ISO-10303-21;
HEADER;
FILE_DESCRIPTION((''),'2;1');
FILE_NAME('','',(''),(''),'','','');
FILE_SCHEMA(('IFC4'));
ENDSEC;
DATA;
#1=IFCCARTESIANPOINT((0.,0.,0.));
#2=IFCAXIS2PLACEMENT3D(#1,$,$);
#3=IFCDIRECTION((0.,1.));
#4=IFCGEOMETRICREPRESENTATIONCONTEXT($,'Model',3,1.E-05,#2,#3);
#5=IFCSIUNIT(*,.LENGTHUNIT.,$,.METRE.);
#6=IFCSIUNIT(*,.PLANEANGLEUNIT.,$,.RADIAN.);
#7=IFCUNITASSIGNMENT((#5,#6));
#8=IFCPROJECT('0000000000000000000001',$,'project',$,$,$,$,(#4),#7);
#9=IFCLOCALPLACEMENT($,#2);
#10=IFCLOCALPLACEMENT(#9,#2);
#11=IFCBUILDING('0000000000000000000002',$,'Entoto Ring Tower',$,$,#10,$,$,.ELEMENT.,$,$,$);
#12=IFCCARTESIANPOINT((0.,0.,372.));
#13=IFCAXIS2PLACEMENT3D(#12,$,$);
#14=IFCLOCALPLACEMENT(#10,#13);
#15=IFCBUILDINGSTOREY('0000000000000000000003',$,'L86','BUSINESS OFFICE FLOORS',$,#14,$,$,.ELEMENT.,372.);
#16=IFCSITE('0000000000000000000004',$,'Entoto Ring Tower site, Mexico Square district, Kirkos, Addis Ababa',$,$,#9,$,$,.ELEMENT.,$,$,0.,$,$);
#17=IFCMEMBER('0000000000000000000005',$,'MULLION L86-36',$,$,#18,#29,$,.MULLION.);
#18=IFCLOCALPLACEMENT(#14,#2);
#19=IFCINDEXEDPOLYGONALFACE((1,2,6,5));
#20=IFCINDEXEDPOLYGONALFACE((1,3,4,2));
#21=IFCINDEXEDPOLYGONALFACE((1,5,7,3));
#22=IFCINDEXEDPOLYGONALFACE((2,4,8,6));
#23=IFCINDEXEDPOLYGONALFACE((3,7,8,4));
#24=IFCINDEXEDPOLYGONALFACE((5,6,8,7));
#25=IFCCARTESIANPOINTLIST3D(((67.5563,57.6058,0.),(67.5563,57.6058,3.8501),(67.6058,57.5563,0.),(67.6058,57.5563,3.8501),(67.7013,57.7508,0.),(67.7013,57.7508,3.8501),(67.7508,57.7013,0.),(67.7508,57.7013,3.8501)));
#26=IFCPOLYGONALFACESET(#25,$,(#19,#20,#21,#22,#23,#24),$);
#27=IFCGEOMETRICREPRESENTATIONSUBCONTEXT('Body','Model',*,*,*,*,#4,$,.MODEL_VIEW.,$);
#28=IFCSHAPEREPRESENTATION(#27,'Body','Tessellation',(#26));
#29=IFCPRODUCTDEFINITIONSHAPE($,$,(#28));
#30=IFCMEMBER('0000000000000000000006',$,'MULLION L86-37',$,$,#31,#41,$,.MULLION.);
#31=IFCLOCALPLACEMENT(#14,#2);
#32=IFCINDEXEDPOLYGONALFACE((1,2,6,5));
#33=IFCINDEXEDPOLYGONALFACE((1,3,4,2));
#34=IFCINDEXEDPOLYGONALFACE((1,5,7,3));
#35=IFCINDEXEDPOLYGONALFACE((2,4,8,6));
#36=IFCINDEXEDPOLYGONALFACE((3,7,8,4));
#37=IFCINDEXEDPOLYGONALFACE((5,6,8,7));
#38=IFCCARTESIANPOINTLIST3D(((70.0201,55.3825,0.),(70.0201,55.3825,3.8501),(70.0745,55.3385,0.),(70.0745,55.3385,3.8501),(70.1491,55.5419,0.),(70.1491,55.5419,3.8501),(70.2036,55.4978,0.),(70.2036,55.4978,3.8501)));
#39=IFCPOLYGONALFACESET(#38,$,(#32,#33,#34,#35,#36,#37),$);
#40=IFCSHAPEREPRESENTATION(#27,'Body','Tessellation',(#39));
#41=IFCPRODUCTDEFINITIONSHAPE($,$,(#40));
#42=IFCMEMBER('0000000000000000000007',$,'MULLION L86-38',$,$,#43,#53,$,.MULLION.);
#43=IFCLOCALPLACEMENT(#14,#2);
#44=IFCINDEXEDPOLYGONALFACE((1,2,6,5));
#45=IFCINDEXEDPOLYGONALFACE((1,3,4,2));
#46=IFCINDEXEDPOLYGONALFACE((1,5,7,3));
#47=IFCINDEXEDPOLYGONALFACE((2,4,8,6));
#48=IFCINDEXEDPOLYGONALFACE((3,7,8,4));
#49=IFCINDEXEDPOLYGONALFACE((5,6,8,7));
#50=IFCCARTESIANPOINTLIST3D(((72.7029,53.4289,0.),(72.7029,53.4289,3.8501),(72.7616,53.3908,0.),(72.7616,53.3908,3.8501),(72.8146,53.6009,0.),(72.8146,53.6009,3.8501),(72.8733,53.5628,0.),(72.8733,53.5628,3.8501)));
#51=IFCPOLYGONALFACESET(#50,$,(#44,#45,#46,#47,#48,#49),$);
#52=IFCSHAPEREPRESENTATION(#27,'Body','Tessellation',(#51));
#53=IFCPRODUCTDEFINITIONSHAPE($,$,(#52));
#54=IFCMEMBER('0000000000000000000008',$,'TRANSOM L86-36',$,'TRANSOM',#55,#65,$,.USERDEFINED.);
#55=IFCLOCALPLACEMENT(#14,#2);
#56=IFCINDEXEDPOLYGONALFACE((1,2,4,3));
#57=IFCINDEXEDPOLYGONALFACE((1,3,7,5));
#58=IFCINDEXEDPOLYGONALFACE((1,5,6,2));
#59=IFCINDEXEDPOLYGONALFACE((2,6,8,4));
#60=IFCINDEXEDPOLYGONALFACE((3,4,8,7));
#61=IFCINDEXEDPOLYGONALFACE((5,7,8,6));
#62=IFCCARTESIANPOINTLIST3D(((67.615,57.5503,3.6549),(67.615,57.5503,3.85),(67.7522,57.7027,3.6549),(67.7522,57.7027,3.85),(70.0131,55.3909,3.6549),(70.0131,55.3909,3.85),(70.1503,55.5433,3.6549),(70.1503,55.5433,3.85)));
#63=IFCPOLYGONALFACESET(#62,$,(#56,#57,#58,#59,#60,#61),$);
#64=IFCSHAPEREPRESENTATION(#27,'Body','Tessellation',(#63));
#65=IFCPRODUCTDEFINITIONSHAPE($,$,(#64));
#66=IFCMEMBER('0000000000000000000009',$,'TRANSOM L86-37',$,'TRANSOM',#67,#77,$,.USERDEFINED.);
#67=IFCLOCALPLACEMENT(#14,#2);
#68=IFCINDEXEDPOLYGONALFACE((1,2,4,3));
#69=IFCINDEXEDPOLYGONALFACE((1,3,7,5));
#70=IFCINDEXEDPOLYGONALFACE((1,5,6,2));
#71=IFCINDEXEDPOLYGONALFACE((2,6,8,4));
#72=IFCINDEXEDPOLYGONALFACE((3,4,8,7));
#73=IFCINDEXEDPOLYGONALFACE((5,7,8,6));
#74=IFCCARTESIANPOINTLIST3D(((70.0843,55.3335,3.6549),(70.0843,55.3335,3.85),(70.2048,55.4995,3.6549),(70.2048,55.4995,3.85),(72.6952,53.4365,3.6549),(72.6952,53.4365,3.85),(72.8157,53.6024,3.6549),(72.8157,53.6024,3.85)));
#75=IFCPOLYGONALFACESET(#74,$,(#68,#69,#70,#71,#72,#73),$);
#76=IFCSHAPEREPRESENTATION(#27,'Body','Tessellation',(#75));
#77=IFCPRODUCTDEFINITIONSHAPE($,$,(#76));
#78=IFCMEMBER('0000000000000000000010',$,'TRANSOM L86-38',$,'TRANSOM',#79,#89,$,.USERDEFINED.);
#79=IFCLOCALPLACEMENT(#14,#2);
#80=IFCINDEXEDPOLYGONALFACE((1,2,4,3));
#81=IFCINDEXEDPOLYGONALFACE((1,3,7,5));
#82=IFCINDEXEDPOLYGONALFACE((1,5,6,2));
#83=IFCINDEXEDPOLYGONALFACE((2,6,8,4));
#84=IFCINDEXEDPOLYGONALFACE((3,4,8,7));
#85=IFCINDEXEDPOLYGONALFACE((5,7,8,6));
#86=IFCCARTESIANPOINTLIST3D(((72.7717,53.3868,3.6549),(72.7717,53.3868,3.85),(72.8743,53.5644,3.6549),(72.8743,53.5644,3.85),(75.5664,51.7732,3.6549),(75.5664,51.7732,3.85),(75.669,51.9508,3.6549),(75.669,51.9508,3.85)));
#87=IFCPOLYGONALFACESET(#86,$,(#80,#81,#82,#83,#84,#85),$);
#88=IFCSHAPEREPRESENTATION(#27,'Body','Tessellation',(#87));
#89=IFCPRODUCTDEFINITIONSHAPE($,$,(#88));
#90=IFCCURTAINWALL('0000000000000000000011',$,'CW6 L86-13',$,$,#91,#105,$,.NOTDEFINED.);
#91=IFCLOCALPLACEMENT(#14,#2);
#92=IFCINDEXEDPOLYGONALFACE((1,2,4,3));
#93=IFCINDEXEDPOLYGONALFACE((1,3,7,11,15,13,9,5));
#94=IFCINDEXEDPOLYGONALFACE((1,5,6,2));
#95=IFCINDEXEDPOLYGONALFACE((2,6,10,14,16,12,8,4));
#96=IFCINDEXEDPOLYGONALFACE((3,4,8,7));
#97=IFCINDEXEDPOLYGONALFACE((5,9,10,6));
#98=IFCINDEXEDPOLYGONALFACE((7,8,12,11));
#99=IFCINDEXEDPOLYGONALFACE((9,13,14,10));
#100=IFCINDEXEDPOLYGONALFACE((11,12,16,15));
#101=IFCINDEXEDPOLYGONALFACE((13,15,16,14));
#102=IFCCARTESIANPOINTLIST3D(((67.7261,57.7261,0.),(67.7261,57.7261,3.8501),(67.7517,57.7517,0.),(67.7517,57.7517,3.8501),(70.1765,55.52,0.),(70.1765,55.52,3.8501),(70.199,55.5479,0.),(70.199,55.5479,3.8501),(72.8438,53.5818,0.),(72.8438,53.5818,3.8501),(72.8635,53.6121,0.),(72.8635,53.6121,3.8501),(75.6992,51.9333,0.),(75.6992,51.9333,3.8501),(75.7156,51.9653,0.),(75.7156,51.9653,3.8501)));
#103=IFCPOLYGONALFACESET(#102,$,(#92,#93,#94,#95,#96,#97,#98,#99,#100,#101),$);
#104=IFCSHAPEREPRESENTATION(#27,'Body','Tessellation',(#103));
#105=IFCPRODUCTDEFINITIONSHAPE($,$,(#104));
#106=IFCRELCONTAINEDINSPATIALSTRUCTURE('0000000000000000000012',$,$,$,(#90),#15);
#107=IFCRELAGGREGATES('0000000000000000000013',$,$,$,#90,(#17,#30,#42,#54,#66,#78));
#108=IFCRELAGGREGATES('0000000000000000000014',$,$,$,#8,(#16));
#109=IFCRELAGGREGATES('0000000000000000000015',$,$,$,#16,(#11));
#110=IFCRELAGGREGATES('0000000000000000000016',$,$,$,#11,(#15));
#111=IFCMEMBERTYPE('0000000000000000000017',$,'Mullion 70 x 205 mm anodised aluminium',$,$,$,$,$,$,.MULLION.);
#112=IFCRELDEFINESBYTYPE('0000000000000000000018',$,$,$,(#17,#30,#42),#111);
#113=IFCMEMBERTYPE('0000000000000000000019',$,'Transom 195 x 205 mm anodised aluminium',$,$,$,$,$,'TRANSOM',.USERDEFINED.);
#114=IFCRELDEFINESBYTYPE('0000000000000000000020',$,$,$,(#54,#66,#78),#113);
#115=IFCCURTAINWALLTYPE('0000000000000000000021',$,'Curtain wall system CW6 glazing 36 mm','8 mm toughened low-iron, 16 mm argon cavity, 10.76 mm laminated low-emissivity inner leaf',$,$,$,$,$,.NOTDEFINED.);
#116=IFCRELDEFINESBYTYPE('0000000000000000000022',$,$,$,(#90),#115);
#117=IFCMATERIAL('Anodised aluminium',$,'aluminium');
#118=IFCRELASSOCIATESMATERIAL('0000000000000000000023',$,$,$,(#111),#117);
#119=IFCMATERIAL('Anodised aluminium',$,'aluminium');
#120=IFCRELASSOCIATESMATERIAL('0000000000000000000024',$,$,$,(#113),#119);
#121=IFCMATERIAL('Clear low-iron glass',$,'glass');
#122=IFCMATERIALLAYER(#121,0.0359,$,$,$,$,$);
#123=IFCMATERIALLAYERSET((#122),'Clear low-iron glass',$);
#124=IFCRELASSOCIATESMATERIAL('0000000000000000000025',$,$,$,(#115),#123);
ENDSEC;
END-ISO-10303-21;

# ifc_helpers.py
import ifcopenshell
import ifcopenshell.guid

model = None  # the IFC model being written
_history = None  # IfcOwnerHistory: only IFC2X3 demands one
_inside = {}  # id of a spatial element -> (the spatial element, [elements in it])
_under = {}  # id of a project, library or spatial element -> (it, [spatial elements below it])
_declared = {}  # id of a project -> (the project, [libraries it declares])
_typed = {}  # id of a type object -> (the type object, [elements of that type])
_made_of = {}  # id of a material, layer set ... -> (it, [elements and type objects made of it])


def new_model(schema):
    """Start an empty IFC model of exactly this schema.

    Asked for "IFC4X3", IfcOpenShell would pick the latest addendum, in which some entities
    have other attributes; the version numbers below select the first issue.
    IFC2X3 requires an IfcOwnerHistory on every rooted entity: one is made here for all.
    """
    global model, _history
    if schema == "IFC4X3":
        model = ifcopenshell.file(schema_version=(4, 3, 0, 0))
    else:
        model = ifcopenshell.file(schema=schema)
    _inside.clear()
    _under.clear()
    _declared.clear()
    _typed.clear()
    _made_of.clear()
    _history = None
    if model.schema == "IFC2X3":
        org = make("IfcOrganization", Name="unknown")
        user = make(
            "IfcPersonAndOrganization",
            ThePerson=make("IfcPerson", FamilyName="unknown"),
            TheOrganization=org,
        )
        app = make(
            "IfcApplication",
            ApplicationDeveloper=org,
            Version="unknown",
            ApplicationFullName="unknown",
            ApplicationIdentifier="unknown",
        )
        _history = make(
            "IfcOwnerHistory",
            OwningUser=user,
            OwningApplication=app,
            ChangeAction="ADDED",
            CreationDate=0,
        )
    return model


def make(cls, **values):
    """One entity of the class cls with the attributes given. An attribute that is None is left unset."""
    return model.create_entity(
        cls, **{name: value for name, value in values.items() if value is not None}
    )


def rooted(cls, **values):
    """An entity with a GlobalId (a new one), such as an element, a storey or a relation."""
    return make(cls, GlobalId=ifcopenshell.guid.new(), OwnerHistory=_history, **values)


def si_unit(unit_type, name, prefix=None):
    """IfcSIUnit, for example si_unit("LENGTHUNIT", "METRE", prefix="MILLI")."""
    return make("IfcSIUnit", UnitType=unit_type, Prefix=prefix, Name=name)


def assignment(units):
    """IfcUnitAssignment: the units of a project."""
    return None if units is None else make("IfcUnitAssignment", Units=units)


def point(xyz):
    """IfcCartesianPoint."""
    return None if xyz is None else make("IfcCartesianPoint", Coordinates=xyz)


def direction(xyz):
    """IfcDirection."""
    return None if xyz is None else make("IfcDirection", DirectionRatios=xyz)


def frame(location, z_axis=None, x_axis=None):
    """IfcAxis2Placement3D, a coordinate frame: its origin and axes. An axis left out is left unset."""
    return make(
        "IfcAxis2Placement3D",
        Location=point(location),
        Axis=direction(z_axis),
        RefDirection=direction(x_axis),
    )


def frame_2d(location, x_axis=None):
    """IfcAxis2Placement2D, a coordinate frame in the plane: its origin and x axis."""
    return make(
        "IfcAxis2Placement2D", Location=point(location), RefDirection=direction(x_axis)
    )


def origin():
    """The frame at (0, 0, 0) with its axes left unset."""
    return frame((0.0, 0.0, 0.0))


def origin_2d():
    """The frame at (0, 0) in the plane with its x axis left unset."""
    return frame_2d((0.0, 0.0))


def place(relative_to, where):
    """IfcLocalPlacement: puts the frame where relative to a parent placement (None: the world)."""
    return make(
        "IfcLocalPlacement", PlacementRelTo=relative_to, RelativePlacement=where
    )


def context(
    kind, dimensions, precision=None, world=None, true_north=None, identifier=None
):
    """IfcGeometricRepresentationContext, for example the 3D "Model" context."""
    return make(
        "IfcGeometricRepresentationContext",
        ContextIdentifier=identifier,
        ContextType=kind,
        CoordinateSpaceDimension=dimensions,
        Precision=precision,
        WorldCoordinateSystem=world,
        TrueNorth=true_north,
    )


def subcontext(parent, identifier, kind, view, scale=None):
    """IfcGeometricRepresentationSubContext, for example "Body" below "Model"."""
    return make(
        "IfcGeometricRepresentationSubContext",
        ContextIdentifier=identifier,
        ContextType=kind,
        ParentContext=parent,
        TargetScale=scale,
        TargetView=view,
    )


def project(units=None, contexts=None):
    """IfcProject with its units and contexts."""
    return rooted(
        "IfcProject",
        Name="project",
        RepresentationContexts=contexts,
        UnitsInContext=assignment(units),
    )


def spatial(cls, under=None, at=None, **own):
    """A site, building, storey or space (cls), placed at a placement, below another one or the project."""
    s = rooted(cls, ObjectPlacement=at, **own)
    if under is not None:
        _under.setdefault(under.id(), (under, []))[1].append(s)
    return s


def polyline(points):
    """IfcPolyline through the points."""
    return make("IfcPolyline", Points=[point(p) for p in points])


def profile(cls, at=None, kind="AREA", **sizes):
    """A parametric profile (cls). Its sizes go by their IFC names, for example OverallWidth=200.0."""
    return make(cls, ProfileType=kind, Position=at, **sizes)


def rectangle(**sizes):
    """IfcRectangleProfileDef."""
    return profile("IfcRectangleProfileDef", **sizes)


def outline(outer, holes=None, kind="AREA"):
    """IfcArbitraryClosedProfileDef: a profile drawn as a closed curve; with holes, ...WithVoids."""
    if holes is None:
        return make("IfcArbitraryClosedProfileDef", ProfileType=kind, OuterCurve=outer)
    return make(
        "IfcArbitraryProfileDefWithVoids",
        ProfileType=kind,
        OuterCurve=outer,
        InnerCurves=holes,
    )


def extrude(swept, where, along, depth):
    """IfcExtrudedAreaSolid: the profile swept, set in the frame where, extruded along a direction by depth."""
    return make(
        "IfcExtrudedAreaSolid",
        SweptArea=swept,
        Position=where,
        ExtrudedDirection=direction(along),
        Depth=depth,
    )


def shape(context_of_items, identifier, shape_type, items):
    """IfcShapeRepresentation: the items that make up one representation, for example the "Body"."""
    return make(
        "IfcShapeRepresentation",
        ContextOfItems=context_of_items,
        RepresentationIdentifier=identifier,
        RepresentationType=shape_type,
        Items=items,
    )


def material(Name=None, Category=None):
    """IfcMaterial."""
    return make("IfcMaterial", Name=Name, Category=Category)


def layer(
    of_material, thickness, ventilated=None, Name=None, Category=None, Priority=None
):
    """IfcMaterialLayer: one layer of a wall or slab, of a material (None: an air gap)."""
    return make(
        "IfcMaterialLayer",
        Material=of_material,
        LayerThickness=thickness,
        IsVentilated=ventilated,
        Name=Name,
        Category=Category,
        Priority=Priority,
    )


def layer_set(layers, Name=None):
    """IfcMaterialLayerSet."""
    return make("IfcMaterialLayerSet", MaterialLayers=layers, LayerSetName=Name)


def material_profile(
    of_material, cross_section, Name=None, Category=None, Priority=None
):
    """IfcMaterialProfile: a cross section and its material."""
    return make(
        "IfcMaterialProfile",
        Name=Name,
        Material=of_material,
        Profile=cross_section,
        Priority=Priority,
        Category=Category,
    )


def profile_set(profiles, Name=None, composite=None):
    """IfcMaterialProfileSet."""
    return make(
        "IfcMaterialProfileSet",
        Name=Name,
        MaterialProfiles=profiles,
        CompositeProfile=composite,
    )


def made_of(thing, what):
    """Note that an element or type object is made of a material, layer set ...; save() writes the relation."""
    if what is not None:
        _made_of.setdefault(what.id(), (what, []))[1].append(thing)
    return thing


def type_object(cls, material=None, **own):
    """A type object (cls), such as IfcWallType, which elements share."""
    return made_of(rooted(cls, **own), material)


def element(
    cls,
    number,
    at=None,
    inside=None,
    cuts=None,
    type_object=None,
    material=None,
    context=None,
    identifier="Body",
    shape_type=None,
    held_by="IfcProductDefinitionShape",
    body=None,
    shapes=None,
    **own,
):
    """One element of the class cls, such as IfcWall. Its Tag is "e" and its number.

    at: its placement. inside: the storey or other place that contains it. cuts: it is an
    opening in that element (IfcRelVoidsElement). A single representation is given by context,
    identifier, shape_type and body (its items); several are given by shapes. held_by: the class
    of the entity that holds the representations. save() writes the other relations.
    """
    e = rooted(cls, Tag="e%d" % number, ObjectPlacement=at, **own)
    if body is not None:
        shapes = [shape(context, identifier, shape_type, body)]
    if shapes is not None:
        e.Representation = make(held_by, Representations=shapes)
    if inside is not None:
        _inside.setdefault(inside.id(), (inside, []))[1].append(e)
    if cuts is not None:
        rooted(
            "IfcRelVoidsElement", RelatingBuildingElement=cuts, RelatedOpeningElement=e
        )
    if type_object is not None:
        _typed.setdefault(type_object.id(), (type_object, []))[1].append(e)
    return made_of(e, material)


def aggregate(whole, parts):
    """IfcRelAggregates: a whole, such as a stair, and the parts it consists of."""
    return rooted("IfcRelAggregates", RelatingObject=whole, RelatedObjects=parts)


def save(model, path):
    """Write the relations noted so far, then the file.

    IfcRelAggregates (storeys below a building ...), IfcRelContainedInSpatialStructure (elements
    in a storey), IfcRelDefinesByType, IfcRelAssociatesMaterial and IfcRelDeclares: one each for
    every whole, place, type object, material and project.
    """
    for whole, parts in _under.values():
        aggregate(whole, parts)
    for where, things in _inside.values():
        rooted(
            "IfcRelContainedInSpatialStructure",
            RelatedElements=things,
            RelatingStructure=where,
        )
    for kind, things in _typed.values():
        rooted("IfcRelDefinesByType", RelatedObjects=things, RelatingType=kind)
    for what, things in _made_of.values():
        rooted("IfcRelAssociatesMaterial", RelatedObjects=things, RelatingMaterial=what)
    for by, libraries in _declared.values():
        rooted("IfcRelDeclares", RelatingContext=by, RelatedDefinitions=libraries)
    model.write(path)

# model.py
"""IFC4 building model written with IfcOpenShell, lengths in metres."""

from ifc_helpers import new_model, si_unit, direction, frame, origin, origin_2d, place, context, subcontext, project, spatial, polyline, rectangle, outline, extrude, material, layer, layer_set, material_profile, profile_set, type_object, element, aggregate, save


model = new_model("IFC4")

# Units and contexts
model_context = context("Model", 3, precision=1e-05, world=origin(), true_north=direction((0.0, 1.0)))
body_context = subcontext(model_context, "Body", "Model", "MODEL_VIEW")
ifc_project = project(units=[si_unit("LENGTHUNIT", "METRE"), si_unit("PLANEANGLEUNIT", "RADIAN")], contexts=[model_context])

# Members
ifc_material_1 = material(Name="Anodised aluminium", Category="aluminium")
ifc_material_profile_1 = material_profile(ifc_material_1, rectangle(XDim=0.0701, YDim=0.2051, at=origin_2d()), Name="Mullion 70 x 205 mm anodised aluminium")
ifc_profile_set_1 = profile_set([ifc_material_profile_1], Name="Anodised aluminium")
member_type_1 = type_object("IfcMemberType", Name="Mullion 70 x 205 mm anodised aluminium", PredefinedType="MULLION", material=ifc_profile_set_1)
site_placement = place(None, origin())
building_placement = place(site_placement, origin())
storey_placement = place(building_placement, frame((0.0, 0.0, 372.0)))
member_1_placement = place(storey_placement, frame((67.6536, 57.6536, 0.0), z_axis=(0.0, 0.0, 1.0), x_axis=(0.707107, -0.707107, 0.0)))
member_1 = element("IfcMember", 1, at=member_1_placement, type_object=member_type_1, Name="MULLION L86-36", PredefinedType="MULLION", context=body_context, shape_type="SweptSolid", body=[
    extrude(rectangle(XDim=0.0701, YDim=0.2051, at=origin_2d()), origin(), (0.0, 0.0, 1.0), 3.8501),
])
member_2_placement = place(storey_placement, frame((70.1118, 55.4402, 0.0), z_axis=(0.0, 0.0, 1.0), x_axis=(0.777146, -0.62932, 0.0)))
member_2 = element("IfcMember", 2, at=member_2_placement, type_object=member_type_1, Name="MULLION L86-37", PredefinedType="MULLION", context=body_context, shape_type="SweptSolid", body=[
    extrude(rectangle(XDim=0.0701, YDim=0.2051, at=origin_2d()), origin(), (0.0, 0.0, 1.0), 3.8501),
])
member_3_placement = place(storey_placement, frame((72.7881, 53.4958, 0.0), z_axis=(0.0, 0.0, 1.0), x_axis=(0.838671, -0.544639, 0.0)))
member_3 = element("IfcMember", 3, at=member_3_placement, type_object=member_type_1, Name="MULLION L86-38", PredefinedType="MULLION", context=body_context, shape_type="SweptSolid", body=[
    extrude(rectangle(XDim=0.0701, YDim=0.2051, at=origin_2d()), origin(), (0.0, 0.0, 1.0), 3.8501),
])
ifc_material_2 = material(Name="Anodised aluminium", Category="aluminium")
ifc_material_profile_2 = material_profile(ifc_material_2, rectangle(XDim=0.2051, YDim=0.1951, at=origin_2d()), Name="Transom 195 x 205 mm anodised aluminium")
ifc_profile_set_2 = profile_set([ifc_material_profile_2], Name="Anodised aluminium")
member_type_2 = type_object("IfcMemberType", Name="Transom 195 x 205 mm anodised aluminium", ElementType="TRANSOM", PredefinedType="USERDEFINED", material=ifc_profile_set_2)
member_4_placement = place(storey_placement, frame((67.6836, 57.6265, 3.7524), z_axis=(0.743132, -0.669144, 0.0), x_axis=(0.669144, 0.743132, 0.0)))
member_4 = element("IfcMember", 4, at=member_4_placement, type_object=member_type_2, Name="TRANSOM L86-36", ObjectType="TRANSOM", PredefinedType="USERDEFINED", context=body_context, shape_type="SweptSolid", body=[
    extrude(rectangle(XDim=0.2051, YDim=0.1951, at=origin_2d()), origin(), (0.0, 0.0, 1.0), 3.2271),
])
member_5_placement = place(storey_placement, frame((70.1445, 55.4165, 3.7524), z_axis=(0.809004, -0.587803, 0.0), x_axis=(0.587803, 0.809004, 0.0)))
member_5 = element("IfcMember", 5, at=member_5_placement, type_object=member_type_2, Name="TRANSOM L86-37", ObjectType="TRANSOM", PredefinedType="USERDEFINED", context=body_context, shape_type="SweptSolid", body=[
    extrude(rectangle(XDim=0.2051, YDim=0.1951, at=origin_2d()), origin(), (0.0, 0.0, 1.0), 3.2273),
])
member_6_placement = place(storey_placement, frame((72.823, 53.4756, 3.7524), z_axis=(0.866023, -0.500004, 0.0), x_axis=(0.500004, 0.866023, 0.0)))
member_6 = element("IfcMember", 6, at=member_6_placement, type_object=member_type_2, Name="TRANSOM L86-38", ObjectType="TRANSOM", PredefinedType="USERDEFINED", context=body_context, shape_type="SweptSolid", body=[
    extrude(rectangle(XDim=0.2051, YDim=0.1951, at=origin_2d()), origin(), (0.0, 0.0, 1.0), 3.2271),
])

# Site, building, storey
site = spatial("IfcSite", under=ifc_project, at=site_placement, Name="Entoto Ring Tower site, Mexico Square district, Kirkos, Addis Ababa", CompositionType="ELEMENT", RefElevation=0.0)
building = spatial("IfcBuilding", under=site, at=building_placement, Name="Entoto Ring Tower", CompositionType="ELEMENT")
storey = spatial("IfcBuildingStorey", under=building, at=storey_placement, Name="L86", Description="BUSINESS OFFICE FLOORS", CompositionType="ELEMENT", Elevation=372.0)

# Curtain wall
ifc_material_3 = material(Name="Clear low-iron glass", Category="glass")
ifc_layer = layer(ifc_material_3, 0.0359)
ifc_layer_set = layer_set([ifc_layer], Name="Clear low-iron glass")
curtain_wall_type = type_object("IfcCurtainWallType", Name="Curtain wall system CW6 glazing 36 mm", Description="8 mm toughened low-iron, 16 mm argon cavity, 10.76 mm laminated low-emissivity inner leaf", PredefinedType="NOTDEFINED", material=ifc_layer_set)
curtain_wall_1_placement = place(storey_placement, origin())
curtain_wall_1 = element("IfcCurtainWall", 7, at=curtain_wall_1_placement, inside=storey, type_object=curtain_wall_type, Name="CW6 L86-13", PredefinedType="NOTDEFINED", context=body_context, shape_type="SweptSolid", body=[
    extrude(outline(polyline([(67.7261, 57.7261), (70.1765, 55.52), (72.8438, 53.5818), (75.6992, 51.9333), (75.7156, 51.9653), (72.8635, 53.6121), (70.199, 55.5479), (67.7517, 57.7517), (67.7261, 57.7261)])), origin(), (0.0, 0.0, 1.0), 3.8501),
])
aggregate(curtain_wall_1, [member_1, member_2, member_3, member_4, member_5, member_6])

save(model, "model.ifc")
